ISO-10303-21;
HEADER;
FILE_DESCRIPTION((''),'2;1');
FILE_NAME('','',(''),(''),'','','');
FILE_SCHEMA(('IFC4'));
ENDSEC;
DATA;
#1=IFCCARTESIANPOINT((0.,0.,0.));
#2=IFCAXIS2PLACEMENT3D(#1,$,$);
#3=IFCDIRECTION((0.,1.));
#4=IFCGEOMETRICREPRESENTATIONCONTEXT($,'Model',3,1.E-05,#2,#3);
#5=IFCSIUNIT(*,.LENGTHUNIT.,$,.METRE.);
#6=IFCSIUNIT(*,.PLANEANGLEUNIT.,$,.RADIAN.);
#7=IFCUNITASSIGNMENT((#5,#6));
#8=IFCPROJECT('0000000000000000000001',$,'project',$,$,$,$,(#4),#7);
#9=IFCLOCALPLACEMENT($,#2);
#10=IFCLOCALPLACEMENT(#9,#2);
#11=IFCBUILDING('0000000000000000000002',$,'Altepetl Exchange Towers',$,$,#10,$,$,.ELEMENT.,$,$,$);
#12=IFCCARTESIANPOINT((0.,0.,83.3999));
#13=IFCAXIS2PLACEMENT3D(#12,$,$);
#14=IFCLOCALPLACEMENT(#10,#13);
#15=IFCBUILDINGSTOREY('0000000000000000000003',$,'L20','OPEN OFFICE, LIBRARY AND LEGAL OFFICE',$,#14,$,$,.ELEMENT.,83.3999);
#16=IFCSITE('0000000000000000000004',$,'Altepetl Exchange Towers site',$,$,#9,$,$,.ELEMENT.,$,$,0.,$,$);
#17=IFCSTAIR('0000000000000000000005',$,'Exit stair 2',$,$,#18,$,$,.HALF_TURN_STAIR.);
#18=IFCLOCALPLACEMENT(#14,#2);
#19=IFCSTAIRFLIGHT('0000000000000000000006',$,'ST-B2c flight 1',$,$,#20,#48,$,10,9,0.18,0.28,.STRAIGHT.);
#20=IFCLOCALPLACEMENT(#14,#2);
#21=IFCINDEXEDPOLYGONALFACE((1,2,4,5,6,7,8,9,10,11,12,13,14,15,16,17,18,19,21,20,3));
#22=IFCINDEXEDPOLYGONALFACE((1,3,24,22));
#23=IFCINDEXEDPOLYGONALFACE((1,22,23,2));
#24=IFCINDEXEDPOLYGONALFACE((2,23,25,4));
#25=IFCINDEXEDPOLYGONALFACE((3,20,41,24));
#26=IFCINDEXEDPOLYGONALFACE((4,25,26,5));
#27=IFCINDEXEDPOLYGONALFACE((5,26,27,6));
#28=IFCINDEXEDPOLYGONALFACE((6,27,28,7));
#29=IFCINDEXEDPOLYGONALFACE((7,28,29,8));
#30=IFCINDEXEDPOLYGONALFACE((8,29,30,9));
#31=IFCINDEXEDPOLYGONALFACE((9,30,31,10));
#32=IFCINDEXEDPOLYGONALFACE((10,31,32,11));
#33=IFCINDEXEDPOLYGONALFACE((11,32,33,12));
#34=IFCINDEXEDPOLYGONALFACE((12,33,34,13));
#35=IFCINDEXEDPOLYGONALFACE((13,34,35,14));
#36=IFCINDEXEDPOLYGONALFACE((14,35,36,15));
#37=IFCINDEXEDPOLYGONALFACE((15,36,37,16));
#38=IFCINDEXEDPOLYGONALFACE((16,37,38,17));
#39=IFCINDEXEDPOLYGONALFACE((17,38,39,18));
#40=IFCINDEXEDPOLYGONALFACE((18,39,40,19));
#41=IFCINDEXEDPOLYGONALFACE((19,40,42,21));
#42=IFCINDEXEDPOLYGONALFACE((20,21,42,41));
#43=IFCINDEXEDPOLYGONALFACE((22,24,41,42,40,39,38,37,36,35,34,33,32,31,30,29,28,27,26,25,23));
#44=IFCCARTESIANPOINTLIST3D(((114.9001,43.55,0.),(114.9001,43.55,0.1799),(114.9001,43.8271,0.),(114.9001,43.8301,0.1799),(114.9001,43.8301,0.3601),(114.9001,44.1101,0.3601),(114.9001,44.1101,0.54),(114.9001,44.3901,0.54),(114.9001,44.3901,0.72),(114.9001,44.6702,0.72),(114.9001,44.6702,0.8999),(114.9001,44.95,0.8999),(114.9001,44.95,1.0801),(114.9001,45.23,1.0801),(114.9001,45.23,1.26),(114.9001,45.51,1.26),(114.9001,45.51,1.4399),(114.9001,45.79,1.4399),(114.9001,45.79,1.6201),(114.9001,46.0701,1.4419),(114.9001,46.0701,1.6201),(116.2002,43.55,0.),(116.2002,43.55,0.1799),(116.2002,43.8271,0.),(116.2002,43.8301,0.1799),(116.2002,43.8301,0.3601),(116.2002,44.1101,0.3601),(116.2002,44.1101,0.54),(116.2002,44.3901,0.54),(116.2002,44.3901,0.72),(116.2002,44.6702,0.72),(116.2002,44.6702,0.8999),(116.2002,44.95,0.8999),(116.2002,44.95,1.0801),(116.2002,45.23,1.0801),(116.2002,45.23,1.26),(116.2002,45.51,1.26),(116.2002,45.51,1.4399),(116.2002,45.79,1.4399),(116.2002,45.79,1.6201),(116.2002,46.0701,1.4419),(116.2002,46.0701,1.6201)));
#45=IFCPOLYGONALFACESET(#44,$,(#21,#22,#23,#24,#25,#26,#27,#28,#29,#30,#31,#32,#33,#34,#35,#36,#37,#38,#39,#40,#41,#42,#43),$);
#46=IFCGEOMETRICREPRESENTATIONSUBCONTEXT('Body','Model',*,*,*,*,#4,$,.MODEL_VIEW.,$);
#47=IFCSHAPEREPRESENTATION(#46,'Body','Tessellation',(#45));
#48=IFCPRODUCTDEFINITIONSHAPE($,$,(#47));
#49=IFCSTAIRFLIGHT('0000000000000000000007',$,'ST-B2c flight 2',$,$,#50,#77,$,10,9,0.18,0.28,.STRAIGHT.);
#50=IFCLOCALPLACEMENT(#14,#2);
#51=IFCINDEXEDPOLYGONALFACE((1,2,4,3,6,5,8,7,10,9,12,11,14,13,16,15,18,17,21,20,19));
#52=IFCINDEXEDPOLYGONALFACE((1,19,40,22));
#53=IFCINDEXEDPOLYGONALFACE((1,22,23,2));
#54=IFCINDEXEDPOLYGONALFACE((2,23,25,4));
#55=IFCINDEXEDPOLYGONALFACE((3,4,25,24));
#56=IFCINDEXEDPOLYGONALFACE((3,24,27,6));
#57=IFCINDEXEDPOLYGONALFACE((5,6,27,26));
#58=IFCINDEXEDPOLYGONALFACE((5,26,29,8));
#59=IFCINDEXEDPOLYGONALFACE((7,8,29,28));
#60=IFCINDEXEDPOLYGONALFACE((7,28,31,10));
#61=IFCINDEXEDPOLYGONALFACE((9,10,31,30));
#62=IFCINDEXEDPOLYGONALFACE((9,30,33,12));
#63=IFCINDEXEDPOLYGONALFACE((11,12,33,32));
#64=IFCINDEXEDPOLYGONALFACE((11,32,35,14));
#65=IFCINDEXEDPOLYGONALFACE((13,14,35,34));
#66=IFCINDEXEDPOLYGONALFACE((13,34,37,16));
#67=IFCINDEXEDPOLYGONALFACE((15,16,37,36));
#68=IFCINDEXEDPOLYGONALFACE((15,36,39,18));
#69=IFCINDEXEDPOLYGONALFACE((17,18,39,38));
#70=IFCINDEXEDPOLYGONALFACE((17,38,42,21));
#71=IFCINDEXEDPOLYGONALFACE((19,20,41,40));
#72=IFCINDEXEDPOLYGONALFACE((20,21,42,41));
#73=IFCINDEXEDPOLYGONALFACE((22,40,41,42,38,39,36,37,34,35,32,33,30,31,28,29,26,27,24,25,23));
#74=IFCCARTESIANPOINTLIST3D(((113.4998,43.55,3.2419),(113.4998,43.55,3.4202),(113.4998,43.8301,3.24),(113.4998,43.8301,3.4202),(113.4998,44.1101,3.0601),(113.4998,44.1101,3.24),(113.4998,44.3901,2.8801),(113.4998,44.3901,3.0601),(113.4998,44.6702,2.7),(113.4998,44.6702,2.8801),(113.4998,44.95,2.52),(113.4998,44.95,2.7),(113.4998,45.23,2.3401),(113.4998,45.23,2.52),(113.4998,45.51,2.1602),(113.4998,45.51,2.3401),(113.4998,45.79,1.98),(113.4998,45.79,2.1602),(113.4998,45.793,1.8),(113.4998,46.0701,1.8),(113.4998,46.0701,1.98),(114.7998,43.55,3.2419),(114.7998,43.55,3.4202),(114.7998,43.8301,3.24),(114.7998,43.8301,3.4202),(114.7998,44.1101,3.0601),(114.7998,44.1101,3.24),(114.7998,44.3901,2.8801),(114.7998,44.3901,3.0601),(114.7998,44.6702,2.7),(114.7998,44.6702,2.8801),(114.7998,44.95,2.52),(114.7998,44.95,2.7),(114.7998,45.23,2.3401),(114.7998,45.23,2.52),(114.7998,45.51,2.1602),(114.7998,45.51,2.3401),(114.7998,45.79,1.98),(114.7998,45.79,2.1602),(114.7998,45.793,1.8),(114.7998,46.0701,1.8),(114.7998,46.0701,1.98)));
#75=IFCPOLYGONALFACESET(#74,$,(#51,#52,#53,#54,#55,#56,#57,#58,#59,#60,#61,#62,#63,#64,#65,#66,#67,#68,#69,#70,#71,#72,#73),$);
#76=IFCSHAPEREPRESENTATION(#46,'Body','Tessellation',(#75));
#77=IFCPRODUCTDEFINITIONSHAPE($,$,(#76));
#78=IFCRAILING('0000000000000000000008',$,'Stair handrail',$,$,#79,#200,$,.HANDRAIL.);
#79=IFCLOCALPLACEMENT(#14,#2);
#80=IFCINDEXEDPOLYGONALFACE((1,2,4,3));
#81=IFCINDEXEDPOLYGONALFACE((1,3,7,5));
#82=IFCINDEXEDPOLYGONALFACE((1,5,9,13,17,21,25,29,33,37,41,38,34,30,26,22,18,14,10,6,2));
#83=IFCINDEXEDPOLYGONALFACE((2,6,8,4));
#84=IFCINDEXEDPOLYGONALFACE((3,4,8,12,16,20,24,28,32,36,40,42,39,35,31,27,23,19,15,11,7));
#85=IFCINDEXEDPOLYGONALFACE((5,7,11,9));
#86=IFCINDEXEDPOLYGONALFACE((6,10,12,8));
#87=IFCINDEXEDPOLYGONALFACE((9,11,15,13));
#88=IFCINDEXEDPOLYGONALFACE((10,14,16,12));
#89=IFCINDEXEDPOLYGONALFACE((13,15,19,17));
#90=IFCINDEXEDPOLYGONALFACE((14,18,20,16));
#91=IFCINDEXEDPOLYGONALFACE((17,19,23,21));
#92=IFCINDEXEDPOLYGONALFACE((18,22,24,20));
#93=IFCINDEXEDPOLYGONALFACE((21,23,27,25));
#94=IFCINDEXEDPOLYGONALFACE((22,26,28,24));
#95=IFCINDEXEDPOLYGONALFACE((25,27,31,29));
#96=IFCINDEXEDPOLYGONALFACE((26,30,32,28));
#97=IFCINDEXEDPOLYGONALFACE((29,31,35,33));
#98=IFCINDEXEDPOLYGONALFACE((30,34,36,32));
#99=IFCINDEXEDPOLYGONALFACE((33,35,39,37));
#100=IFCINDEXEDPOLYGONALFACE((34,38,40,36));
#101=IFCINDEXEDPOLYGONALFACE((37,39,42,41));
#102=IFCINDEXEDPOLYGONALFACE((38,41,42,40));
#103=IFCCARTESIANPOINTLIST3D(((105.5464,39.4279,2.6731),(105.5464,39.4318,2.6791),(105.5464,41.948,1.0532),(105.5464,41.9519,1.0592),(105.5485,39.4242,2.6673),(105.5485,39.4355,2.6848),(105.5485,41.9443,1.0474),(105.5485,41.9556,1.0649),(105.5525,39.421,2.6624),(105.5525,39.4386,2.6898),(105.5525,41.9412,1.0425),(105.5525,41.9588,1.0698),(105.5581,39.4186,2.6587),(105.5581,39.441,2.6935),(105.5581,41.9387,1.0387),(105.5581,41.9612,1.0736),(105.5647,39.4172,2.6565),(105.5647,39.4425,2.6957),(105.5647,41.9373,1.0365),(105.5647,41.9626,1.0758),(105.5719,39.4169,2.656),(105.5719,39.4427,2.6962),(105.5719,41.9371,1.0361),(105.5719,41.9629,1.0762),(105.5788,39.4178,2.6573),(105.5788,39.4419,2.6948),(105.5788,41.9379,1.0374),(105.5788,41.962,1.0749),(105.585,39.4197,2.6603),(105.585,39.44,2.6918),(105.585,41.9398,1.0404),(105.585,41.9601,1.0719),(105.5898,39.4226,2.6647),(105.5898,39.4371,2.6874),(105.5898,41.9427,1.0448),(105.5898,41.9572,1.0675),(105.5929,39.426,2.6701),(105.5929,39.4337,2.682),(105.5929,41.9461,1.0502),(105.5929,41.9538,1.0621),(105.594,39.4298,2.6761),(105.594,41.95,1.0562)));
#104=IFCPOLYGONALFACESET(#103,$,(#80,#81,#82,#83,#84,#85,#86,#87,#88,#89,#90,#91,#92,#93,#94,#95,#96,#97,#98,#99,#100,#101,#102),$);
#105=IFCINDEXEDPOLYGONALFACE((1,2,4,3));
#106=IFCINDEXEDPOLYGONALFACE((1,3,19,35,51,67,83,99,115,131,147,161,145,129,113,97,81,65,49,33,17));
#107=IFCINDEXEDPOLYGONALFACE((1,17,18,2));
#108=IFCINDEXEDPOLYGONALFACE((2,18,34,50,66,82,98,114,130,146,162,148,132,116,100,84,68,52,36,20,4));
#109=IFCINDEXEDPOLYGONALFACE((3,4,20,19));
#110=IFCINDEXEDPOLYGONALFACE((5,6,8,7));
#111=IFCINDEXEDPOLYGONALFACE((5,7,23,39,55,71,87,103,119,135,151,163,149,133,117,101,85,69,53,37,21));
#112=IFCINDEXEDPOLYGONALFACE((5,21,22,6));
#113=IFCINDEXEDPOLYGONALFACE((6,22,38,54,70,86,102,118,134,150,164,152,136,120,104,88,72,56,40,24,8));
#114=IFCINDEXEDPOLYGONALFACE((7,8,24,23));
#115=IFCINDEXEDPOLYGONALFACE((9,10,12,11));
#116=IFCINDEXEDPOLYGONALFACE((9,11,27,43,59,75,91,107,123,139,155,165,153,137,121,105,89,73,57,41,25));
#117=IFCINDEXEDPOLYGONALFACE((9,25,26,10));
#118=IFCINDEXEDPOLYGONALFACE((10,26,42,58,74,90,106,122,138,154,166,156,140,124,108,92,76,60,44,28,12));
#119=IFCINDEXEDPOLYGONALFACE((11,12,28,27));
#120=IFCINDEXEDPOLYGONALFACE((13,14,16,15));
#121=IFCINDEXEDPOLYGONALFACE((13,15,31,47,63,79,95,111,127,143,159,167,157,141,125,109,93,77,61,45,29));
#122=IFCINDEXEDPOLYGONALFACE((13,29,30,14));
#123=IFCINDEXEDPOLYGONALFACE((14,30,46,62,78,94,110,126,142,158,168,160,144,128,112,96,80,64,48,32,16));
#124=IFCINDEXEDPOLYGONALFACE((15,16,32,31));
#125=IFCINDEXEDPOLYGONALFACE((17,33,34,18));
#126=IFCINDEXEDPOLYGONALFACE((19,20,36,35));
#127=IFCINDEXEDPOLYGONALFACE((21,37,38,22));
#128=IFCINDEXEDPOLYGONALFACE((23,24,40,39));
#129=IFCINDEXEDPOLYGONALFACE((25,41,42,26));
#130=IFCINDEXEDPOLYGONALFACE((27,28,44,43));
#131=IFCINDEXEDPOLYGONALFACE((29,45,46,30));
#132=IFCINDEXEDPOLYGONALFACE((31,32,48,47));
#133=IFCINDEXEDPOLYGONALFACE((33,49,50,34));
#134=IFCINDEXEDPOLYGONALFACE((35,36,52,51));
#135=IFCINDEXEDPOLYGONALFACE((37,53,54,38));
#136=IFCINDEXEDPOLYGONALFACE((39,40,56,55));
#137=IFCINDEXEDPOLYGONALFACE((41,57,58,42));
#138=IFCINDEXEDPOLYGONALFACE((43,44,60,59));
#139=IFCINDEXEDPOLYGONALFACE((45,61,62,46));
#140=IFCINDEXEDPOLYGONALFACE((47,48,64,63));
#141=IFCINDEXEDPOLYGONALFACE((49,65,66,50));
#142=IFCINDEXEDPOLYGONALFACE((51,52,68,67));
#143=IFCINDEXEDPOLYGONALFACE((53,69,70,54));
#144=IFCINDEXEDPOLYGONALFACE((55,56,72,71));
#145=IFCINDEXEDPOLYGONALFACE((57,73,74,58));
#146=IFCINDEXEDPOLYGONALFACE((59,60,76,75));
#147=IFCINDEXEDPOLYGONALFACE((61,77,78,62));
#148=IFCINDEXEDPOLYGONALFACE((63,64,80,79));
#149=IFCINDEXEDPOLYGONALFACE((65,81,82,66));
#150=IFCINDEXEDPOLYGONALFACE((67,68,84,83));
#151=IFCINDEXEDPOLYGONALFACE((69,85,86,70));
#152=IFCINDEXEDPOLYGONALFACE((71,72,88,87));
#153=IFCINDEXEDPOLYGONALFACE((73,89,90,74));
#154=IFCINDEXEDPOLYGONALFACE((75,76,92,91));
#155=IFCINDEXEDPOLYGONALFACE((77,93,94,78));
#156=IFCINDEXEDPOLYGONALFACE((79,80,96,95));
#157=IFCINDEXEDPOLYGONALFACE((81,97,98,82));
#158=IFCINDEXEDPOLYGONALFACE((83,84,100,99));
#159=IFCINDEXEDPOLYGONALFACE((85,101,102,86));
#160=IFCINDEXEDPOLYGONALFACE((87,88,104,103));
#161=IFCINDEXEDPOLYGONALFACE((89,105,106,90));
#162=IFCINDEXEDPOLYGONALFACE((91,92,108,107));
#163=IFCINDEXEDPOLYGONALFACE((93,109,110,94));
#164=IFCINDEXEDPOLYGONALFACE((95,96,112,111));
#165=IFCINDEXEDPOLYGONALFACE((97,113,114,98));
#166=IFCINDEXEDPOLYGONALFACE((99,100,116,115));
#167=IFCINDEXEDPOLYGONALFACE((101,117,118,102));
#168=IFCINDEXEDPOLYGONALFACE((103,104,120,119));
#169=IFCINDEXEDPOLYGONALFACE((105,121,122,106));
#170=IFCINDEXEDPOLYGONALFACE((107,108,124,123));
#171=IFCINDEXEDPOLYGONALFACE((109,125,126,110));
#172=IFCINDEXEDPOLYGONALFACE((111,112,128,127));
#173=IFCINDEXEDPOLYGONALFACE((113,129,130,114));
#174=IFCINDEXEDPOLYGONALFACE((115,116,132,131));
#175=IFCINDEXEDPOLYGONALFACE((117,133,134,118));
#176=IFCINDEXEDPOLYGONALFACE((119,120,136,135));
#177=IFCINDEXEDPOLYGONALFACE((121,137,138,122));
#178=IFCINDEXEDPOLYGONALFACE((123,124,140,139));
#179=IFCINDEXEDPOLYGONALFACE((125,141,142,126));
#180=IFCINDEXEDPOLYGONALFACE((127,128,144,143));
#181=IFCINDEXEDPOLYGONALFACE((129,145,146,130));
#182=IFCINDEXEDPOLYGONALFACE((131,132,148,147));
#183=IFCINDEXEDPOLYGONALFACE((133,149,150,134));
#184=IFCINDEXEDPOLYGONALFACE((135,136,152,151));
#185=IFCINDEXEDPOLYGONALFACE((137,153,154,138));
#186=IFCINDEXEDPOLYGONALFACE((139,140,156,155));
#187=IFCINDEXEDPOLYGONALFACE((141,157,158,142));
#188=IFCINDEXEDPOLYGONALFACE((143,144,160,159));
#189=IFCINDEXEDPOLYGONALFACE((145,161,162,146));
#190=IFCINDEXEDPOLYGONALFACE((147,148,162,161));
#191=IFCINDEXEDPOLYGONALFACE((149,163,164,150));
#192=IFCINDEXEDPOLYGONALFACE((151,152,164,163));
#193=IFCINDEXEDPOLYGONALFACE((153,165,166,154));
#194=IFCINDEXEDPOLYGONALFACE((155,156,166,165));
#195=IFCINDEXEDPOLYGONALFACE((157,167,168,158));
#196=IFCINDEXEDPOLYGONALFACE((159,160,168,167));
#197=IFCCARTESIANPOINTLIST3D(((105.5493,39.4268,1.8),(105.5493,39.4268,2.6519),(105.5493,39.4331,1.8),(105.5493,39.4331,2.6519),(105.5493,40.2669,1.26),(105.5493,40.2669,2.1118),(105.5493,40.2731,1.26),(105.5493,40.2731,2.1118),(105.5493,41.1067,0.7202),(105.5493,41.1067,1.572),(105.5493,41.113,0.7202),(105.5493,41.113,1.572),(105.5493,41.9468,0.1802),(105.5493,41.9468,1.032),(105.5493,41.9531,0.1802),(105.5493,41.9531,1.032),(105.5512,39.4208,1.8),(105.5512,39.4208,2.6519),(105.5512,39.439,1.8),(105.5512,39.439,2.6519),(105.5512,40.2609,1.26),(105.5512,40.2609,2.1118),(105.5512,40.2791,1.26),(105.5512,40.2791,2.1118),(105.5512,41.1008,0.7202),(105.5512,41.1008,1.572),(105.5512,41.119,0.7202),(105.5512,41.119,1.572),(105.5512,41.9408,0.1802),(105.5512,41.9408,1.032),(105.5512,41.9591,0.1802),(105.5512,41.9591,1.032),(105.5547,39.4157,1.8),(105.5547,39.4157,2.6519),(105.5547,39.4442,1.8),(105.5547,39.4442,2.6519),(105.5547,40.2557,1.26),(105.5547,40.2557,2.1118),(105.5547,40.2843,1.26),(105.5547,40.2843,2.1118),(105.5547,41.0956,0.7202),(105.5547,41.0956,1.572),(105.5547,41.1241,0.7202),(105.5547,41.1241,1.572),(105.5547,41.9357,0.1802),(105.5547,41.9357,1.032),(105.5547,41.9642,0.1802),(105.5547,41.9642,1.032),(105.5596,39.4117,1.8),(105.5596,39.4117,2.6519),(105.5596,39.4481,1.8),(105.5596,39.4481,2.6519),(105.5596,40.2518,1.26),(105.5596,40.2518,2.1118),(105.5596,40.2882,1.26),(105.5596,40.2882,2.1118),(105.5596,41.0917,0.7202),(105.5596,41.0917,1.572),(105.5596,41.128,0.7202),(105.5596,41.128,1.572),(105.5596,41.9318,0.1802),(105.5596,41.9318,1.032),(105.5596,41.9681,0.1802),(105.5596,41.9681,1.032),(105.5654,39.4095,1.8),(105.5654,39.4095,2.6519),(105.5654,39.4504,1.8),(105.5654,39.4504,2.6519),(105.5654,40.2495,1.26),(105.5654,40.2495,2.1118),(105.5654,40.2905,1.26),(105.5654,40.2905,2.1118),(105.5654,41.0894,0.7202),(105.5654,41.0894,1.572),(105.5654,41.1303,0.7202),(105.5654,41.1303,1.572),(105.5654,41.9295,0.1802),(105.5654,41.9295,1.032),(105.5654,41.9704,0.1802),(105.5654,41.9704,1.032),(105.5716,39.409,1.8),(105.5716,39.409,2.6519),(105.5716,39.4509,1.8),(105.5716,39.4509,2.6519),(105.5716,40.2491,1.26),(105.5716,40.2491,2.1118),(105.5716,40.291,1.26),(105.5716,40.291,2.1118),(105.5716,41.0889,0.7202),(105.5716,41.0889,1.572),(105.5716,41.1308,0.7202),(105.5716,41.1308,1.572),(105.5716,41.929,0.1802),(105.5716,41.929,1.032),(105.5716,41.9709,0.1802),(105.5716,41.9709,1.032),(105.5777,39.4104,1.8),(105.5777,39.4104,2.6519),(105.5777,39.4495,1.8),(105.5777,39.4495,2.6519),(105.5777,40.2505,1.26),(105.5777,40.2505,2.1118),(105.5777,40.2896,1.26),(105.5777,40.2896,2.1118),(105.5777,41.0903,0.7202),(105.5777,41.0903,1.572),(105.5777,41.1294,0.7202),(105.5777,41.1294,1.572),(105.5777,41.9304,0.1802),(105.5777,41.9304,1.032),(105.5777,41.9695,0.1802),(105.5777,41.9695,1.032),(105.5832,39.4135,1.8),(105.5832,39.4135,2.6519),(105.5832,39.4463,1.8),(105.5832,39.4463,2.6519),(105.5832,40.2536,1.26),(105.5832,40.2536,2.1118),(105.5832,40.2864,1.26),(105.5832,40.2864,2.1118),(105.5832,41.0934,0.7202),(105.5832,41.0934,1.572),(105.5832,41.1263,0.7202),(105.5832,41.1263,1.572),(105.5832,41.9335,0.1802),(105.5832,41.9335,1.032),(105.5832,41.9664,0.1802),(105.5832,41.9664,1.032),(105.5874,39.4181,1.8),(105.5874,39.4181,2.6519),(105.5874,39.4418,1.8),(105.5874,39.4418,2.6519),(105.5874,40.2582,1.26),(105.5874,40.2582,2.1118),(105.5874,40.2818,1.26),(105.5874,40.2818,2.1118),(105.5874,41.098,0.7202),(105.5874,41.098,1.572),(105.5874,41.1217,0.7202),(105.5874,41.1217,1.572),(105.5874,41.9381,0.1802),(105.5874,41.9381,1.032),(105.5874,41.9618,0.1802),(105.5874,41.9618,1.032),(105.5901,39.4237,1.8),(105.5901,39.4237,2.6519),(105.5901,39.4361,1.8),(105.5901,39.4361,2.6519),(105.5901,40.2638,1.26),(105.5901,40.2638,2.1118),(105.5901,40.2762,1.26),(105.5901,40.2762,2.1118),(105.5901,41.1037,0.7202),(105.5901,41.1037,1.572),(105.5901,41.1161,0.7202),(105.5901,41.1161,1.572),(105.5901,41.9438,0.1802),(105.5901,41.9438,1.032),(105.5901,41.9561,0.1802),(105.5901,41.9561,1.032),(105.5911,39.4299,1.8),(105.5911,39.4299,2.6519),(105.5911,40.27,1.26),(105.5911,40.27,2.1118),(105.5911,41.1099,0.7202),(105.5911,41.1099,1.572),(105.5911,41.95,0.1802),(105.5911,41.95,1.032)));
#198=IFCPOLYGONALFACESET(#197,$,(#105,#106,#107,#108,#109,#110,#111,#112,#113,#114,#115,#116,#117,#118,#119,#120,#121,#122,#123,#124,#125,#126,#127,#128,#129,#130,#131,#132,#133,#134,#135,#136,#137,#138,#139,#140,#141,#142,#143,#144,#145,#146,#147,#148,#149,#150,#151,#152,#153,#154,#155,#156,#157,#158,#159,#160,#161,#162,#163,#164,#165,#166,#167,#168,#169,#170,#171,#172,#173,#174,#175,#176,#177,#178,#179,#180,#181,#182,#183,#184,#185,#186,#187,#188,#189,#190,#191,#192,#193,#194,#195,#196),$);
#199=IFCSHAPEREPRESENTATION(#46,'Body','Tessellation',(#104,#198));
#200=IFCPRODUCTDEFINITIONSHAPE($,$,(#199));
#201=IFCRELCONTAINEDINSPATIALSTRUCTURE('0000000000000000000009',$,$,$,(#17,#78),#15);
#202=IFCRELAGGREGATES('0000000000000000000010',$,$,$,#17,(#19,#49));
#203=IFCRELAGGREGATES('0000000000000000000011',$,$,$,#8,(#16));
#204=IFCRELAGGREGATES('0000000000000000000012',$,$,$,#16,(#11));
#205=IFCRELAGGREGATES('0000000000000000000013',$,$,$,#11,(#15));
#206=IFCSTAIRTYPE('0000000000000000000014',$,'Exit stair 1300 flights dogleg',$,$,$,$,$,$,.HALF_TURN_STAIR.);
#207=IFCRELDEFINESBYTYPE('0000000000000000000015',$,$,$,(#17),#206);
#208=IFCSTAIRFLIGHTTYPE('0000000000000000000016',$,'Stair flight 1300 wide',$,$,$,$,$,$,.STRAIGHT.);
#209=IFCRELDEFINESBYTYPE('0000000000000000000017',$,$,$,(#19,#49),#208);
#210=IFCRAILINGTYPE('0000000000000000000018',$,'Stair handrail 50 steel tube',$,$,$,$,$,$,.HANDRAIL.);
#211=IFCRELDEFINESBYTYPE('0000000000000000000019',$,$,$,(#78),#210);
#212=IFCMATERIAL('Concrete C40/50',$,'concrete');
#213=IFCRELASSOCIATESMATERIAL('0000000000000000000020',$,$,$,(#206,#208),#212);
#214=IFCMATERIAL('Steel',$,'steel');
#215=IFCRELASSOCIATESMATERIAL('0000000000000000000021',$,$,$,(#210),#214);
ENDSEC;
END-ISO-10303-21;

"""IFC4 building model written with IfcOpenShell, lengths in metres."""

from ifc_helpers import new_model, si_unit, direction, frame, origin, origin_2d, place, context, subcontext, project, spatial, polyline, circle, outline, extrude, source, transform, mapped, material, type_object, element, aggregate, save


model = new_model("IFC4")

# Units and contexts
model_context = context("Model", 3, precision=1e-05, world=origin(), true_north=direction((0.0, 1.0)))
body_context = subcontext(model_context, "Body", "Model", "MODEL_VIEW")
ifc_project = project(units=[si_unit("LENGTHUNIT", "METRE"), si_unit("PLANEANGLEUNIT", "RADIAN")], contexts=[model_context])

# Site, building, storey
site_placement = place(None, origin())
site = spatial("IfcSite", under=ifc_project, at=site_placement, Name="Altepetl Exchange Towers site", CompositionType="ELEMENT", RefElevation=0.0)
building_placement = place(site_placement, origin())
building = spatial("IfcBuilding", under=site, at=building_placement, Name="Altepetl Exchange Towers", CompositionType="ELEMENT")
storey_placement = place(building_placement, frame((0.0, 0.0, 83.3999)))
storey = spatial("IfcBuildingStorey", under=building, at=storey_placement, Name="L20", Description="OPEN OFFICE, LIBRARY AND LEGAL OFFICE", CompositionType="ELEMENT", Elevation=83.3999)

# Shared definitions
ifc_material_1 = material(Name="Concrete C40/50", Category="concrete")

# Shared definitions
stair_type = type_object("IfcStairType", Name="Exit stair 1300 flights dogleg", PredefinedType="HALF_TURN_STAIR", material=ifc_material_1)
stair_flight_type = type_object("IfcStairFlightType", Name="Stair flight 1300 wide", PredefinedType="STRAIGHT", material=ifc_material_1)

# Stair, stair flights
stair_1_placement = place(storey_placement, origin())
stair_1 = element("IfcStair", 1, at=stair_1_placement, inside=storey, type_object=stair_type, Name="Exit stair 2", PredefinedType="HALF_TURN_STAIR")
stair_flight_1_placement = place(storey_placement, frame((115.55, 43.55, 0.0), z_axis=(0.0, 0.0, 1.0), x_axis=(0.0, 1.0, 0.0)))
stair_flight_1 = element("IfcStairFlight", 2, at=stair_flight_1_placement, type_object=stair_flight_type, Name="ST-B2c flight 1", NumberOfRisers=10, NumberOfTreads=9, PredefinedType="STRAIGHT", RiserHeight=0.18, TreadLength=0.28, context=body_context, shape_type="SweptSolid", body=[
    extrude(outline(polyline([(0.0, 0.0), (0.0, 0.1799), (0.28, 0.1799), (0.28, 0.3601), (0.5601, 0.3601), (0.5601, 0.54), (0.8401, 0.54), (0.8401, 0.72), (1.1201, 0.72), (1.1201, 0.8999), (1.3999, 0.8999), (1.3999, 1.0801), (1.6799, 1.0801), (1.6799, 1.26), (1.96, 1.26), (1.96, 1.4399), (2.24, 1.4399), (2.24, 1.6201), (2.52, 1.6201), (2.52, 1.8), (2.52, 1.4419), (0.2771, 0.0), (0.0, 0.0)])), frame((0.0, 0.6499, 0.0), z_axis=(0.0, -1.0, 0.0), x_axis=(1.0, 0.0, 0.0)), (0.0, 0.0, 1.0), 1.3),
])
stair_flight_2_placement = place(storey_placement, frame((114.1499, 46.0701, 1.8), z_axis=(0.0, 0.0, 1.0), x_axis=(0.0, -1.0, 0.0)))
stair_flight_2 = element("IfcStairFlight", 3, at=stair_flight_2_placement, type_object=stair_flight_type, Name="ST-B2c flight 2", NumberOfRisers=10, NumberOfTreads=9, PredefinedType="STRAIGHT", RiserHeight=0.18, TreadLength=0.28, context=body_context, shape_type="SweptSolid", body=[
    extrude(outline(polyline([(0.0, 0.0), (0.0, 0.1799), (0.28, 0.1799), (0.28, 0.3601), (0.5601, 0.3601), (0.5601, 0.54), (0.8401, 0.54), (0.8401, 0.72), (1.1201, 0.72), (1.1201, 0.8999), (1.3999, 0.8999), (1.3999, 1.0801), (1.6799, 1.0801), (1.6799, 1.26), (1.96, 1.26), (1.96, 1.4399), (2.24, 1.4399), (2.24, 1.6201), (2.52, 1.6201), (2.52, 1.8), (2.52, 1.4419), (0.2771, 0.0), (0.0, 0.0)])), frame((0.0, 0.6499, 0.0), z_axis=(0.0, -1.0, 0.0), x_axis=(1.0, 0.0, 0.0)), (0.0, 0.0, 1.0), 1.3),
])
aggregate(stair_1, [stair_flight_1, stair_flight_2])

# Railing
ifc_material_2 = material(Name="Steel", Category="steel")
railing_type = type_object("IfcRailingType", Name="Stair handrail 50 steel tube", PredefinedType="HANDRAIL", material=ifc_material_2)
shared_shape = source(origin(), body_context, "Body", "SweptSolid", [
    extrude(circle(Radius=0.021, at=origin_2d()), origin(), (0.0, 0.0, 1.0), 0.8518),
])
railing_1_placement = place(storey_placement, frame((105.5701, 41.95, 0.1802)))
element("IfcRailing", 4, at=railing_1_placement, inside=storey, type_object=railing_type, Name="Stair handrail", PredefinedType="HANDRAIL", context=body_context, shape_type="SweptSolid", body=[
    extrude(circle(Radius=0.0239, at=origin_2d()), frame((0.0, 0.0, 0.876), z_axis=(0.0, -0.8412, 0.540725), x_axis=(1.0, 0.0, 0.0)), (0.0, 0.0, 1.0), 2.9958),
    mapped(shared_shape, transform((0.0, 0.0, 0.0))),
    mapped(shared_shape, transform((0.0, -0.8401, 0.54))),
    mapped(shared_shape, transform((0.0, -1.6799, 1.0798))),
    mapped(shared_shape, transform((0.0, -2.52, 1.6199))),
])

save(model, "model.ifc")
